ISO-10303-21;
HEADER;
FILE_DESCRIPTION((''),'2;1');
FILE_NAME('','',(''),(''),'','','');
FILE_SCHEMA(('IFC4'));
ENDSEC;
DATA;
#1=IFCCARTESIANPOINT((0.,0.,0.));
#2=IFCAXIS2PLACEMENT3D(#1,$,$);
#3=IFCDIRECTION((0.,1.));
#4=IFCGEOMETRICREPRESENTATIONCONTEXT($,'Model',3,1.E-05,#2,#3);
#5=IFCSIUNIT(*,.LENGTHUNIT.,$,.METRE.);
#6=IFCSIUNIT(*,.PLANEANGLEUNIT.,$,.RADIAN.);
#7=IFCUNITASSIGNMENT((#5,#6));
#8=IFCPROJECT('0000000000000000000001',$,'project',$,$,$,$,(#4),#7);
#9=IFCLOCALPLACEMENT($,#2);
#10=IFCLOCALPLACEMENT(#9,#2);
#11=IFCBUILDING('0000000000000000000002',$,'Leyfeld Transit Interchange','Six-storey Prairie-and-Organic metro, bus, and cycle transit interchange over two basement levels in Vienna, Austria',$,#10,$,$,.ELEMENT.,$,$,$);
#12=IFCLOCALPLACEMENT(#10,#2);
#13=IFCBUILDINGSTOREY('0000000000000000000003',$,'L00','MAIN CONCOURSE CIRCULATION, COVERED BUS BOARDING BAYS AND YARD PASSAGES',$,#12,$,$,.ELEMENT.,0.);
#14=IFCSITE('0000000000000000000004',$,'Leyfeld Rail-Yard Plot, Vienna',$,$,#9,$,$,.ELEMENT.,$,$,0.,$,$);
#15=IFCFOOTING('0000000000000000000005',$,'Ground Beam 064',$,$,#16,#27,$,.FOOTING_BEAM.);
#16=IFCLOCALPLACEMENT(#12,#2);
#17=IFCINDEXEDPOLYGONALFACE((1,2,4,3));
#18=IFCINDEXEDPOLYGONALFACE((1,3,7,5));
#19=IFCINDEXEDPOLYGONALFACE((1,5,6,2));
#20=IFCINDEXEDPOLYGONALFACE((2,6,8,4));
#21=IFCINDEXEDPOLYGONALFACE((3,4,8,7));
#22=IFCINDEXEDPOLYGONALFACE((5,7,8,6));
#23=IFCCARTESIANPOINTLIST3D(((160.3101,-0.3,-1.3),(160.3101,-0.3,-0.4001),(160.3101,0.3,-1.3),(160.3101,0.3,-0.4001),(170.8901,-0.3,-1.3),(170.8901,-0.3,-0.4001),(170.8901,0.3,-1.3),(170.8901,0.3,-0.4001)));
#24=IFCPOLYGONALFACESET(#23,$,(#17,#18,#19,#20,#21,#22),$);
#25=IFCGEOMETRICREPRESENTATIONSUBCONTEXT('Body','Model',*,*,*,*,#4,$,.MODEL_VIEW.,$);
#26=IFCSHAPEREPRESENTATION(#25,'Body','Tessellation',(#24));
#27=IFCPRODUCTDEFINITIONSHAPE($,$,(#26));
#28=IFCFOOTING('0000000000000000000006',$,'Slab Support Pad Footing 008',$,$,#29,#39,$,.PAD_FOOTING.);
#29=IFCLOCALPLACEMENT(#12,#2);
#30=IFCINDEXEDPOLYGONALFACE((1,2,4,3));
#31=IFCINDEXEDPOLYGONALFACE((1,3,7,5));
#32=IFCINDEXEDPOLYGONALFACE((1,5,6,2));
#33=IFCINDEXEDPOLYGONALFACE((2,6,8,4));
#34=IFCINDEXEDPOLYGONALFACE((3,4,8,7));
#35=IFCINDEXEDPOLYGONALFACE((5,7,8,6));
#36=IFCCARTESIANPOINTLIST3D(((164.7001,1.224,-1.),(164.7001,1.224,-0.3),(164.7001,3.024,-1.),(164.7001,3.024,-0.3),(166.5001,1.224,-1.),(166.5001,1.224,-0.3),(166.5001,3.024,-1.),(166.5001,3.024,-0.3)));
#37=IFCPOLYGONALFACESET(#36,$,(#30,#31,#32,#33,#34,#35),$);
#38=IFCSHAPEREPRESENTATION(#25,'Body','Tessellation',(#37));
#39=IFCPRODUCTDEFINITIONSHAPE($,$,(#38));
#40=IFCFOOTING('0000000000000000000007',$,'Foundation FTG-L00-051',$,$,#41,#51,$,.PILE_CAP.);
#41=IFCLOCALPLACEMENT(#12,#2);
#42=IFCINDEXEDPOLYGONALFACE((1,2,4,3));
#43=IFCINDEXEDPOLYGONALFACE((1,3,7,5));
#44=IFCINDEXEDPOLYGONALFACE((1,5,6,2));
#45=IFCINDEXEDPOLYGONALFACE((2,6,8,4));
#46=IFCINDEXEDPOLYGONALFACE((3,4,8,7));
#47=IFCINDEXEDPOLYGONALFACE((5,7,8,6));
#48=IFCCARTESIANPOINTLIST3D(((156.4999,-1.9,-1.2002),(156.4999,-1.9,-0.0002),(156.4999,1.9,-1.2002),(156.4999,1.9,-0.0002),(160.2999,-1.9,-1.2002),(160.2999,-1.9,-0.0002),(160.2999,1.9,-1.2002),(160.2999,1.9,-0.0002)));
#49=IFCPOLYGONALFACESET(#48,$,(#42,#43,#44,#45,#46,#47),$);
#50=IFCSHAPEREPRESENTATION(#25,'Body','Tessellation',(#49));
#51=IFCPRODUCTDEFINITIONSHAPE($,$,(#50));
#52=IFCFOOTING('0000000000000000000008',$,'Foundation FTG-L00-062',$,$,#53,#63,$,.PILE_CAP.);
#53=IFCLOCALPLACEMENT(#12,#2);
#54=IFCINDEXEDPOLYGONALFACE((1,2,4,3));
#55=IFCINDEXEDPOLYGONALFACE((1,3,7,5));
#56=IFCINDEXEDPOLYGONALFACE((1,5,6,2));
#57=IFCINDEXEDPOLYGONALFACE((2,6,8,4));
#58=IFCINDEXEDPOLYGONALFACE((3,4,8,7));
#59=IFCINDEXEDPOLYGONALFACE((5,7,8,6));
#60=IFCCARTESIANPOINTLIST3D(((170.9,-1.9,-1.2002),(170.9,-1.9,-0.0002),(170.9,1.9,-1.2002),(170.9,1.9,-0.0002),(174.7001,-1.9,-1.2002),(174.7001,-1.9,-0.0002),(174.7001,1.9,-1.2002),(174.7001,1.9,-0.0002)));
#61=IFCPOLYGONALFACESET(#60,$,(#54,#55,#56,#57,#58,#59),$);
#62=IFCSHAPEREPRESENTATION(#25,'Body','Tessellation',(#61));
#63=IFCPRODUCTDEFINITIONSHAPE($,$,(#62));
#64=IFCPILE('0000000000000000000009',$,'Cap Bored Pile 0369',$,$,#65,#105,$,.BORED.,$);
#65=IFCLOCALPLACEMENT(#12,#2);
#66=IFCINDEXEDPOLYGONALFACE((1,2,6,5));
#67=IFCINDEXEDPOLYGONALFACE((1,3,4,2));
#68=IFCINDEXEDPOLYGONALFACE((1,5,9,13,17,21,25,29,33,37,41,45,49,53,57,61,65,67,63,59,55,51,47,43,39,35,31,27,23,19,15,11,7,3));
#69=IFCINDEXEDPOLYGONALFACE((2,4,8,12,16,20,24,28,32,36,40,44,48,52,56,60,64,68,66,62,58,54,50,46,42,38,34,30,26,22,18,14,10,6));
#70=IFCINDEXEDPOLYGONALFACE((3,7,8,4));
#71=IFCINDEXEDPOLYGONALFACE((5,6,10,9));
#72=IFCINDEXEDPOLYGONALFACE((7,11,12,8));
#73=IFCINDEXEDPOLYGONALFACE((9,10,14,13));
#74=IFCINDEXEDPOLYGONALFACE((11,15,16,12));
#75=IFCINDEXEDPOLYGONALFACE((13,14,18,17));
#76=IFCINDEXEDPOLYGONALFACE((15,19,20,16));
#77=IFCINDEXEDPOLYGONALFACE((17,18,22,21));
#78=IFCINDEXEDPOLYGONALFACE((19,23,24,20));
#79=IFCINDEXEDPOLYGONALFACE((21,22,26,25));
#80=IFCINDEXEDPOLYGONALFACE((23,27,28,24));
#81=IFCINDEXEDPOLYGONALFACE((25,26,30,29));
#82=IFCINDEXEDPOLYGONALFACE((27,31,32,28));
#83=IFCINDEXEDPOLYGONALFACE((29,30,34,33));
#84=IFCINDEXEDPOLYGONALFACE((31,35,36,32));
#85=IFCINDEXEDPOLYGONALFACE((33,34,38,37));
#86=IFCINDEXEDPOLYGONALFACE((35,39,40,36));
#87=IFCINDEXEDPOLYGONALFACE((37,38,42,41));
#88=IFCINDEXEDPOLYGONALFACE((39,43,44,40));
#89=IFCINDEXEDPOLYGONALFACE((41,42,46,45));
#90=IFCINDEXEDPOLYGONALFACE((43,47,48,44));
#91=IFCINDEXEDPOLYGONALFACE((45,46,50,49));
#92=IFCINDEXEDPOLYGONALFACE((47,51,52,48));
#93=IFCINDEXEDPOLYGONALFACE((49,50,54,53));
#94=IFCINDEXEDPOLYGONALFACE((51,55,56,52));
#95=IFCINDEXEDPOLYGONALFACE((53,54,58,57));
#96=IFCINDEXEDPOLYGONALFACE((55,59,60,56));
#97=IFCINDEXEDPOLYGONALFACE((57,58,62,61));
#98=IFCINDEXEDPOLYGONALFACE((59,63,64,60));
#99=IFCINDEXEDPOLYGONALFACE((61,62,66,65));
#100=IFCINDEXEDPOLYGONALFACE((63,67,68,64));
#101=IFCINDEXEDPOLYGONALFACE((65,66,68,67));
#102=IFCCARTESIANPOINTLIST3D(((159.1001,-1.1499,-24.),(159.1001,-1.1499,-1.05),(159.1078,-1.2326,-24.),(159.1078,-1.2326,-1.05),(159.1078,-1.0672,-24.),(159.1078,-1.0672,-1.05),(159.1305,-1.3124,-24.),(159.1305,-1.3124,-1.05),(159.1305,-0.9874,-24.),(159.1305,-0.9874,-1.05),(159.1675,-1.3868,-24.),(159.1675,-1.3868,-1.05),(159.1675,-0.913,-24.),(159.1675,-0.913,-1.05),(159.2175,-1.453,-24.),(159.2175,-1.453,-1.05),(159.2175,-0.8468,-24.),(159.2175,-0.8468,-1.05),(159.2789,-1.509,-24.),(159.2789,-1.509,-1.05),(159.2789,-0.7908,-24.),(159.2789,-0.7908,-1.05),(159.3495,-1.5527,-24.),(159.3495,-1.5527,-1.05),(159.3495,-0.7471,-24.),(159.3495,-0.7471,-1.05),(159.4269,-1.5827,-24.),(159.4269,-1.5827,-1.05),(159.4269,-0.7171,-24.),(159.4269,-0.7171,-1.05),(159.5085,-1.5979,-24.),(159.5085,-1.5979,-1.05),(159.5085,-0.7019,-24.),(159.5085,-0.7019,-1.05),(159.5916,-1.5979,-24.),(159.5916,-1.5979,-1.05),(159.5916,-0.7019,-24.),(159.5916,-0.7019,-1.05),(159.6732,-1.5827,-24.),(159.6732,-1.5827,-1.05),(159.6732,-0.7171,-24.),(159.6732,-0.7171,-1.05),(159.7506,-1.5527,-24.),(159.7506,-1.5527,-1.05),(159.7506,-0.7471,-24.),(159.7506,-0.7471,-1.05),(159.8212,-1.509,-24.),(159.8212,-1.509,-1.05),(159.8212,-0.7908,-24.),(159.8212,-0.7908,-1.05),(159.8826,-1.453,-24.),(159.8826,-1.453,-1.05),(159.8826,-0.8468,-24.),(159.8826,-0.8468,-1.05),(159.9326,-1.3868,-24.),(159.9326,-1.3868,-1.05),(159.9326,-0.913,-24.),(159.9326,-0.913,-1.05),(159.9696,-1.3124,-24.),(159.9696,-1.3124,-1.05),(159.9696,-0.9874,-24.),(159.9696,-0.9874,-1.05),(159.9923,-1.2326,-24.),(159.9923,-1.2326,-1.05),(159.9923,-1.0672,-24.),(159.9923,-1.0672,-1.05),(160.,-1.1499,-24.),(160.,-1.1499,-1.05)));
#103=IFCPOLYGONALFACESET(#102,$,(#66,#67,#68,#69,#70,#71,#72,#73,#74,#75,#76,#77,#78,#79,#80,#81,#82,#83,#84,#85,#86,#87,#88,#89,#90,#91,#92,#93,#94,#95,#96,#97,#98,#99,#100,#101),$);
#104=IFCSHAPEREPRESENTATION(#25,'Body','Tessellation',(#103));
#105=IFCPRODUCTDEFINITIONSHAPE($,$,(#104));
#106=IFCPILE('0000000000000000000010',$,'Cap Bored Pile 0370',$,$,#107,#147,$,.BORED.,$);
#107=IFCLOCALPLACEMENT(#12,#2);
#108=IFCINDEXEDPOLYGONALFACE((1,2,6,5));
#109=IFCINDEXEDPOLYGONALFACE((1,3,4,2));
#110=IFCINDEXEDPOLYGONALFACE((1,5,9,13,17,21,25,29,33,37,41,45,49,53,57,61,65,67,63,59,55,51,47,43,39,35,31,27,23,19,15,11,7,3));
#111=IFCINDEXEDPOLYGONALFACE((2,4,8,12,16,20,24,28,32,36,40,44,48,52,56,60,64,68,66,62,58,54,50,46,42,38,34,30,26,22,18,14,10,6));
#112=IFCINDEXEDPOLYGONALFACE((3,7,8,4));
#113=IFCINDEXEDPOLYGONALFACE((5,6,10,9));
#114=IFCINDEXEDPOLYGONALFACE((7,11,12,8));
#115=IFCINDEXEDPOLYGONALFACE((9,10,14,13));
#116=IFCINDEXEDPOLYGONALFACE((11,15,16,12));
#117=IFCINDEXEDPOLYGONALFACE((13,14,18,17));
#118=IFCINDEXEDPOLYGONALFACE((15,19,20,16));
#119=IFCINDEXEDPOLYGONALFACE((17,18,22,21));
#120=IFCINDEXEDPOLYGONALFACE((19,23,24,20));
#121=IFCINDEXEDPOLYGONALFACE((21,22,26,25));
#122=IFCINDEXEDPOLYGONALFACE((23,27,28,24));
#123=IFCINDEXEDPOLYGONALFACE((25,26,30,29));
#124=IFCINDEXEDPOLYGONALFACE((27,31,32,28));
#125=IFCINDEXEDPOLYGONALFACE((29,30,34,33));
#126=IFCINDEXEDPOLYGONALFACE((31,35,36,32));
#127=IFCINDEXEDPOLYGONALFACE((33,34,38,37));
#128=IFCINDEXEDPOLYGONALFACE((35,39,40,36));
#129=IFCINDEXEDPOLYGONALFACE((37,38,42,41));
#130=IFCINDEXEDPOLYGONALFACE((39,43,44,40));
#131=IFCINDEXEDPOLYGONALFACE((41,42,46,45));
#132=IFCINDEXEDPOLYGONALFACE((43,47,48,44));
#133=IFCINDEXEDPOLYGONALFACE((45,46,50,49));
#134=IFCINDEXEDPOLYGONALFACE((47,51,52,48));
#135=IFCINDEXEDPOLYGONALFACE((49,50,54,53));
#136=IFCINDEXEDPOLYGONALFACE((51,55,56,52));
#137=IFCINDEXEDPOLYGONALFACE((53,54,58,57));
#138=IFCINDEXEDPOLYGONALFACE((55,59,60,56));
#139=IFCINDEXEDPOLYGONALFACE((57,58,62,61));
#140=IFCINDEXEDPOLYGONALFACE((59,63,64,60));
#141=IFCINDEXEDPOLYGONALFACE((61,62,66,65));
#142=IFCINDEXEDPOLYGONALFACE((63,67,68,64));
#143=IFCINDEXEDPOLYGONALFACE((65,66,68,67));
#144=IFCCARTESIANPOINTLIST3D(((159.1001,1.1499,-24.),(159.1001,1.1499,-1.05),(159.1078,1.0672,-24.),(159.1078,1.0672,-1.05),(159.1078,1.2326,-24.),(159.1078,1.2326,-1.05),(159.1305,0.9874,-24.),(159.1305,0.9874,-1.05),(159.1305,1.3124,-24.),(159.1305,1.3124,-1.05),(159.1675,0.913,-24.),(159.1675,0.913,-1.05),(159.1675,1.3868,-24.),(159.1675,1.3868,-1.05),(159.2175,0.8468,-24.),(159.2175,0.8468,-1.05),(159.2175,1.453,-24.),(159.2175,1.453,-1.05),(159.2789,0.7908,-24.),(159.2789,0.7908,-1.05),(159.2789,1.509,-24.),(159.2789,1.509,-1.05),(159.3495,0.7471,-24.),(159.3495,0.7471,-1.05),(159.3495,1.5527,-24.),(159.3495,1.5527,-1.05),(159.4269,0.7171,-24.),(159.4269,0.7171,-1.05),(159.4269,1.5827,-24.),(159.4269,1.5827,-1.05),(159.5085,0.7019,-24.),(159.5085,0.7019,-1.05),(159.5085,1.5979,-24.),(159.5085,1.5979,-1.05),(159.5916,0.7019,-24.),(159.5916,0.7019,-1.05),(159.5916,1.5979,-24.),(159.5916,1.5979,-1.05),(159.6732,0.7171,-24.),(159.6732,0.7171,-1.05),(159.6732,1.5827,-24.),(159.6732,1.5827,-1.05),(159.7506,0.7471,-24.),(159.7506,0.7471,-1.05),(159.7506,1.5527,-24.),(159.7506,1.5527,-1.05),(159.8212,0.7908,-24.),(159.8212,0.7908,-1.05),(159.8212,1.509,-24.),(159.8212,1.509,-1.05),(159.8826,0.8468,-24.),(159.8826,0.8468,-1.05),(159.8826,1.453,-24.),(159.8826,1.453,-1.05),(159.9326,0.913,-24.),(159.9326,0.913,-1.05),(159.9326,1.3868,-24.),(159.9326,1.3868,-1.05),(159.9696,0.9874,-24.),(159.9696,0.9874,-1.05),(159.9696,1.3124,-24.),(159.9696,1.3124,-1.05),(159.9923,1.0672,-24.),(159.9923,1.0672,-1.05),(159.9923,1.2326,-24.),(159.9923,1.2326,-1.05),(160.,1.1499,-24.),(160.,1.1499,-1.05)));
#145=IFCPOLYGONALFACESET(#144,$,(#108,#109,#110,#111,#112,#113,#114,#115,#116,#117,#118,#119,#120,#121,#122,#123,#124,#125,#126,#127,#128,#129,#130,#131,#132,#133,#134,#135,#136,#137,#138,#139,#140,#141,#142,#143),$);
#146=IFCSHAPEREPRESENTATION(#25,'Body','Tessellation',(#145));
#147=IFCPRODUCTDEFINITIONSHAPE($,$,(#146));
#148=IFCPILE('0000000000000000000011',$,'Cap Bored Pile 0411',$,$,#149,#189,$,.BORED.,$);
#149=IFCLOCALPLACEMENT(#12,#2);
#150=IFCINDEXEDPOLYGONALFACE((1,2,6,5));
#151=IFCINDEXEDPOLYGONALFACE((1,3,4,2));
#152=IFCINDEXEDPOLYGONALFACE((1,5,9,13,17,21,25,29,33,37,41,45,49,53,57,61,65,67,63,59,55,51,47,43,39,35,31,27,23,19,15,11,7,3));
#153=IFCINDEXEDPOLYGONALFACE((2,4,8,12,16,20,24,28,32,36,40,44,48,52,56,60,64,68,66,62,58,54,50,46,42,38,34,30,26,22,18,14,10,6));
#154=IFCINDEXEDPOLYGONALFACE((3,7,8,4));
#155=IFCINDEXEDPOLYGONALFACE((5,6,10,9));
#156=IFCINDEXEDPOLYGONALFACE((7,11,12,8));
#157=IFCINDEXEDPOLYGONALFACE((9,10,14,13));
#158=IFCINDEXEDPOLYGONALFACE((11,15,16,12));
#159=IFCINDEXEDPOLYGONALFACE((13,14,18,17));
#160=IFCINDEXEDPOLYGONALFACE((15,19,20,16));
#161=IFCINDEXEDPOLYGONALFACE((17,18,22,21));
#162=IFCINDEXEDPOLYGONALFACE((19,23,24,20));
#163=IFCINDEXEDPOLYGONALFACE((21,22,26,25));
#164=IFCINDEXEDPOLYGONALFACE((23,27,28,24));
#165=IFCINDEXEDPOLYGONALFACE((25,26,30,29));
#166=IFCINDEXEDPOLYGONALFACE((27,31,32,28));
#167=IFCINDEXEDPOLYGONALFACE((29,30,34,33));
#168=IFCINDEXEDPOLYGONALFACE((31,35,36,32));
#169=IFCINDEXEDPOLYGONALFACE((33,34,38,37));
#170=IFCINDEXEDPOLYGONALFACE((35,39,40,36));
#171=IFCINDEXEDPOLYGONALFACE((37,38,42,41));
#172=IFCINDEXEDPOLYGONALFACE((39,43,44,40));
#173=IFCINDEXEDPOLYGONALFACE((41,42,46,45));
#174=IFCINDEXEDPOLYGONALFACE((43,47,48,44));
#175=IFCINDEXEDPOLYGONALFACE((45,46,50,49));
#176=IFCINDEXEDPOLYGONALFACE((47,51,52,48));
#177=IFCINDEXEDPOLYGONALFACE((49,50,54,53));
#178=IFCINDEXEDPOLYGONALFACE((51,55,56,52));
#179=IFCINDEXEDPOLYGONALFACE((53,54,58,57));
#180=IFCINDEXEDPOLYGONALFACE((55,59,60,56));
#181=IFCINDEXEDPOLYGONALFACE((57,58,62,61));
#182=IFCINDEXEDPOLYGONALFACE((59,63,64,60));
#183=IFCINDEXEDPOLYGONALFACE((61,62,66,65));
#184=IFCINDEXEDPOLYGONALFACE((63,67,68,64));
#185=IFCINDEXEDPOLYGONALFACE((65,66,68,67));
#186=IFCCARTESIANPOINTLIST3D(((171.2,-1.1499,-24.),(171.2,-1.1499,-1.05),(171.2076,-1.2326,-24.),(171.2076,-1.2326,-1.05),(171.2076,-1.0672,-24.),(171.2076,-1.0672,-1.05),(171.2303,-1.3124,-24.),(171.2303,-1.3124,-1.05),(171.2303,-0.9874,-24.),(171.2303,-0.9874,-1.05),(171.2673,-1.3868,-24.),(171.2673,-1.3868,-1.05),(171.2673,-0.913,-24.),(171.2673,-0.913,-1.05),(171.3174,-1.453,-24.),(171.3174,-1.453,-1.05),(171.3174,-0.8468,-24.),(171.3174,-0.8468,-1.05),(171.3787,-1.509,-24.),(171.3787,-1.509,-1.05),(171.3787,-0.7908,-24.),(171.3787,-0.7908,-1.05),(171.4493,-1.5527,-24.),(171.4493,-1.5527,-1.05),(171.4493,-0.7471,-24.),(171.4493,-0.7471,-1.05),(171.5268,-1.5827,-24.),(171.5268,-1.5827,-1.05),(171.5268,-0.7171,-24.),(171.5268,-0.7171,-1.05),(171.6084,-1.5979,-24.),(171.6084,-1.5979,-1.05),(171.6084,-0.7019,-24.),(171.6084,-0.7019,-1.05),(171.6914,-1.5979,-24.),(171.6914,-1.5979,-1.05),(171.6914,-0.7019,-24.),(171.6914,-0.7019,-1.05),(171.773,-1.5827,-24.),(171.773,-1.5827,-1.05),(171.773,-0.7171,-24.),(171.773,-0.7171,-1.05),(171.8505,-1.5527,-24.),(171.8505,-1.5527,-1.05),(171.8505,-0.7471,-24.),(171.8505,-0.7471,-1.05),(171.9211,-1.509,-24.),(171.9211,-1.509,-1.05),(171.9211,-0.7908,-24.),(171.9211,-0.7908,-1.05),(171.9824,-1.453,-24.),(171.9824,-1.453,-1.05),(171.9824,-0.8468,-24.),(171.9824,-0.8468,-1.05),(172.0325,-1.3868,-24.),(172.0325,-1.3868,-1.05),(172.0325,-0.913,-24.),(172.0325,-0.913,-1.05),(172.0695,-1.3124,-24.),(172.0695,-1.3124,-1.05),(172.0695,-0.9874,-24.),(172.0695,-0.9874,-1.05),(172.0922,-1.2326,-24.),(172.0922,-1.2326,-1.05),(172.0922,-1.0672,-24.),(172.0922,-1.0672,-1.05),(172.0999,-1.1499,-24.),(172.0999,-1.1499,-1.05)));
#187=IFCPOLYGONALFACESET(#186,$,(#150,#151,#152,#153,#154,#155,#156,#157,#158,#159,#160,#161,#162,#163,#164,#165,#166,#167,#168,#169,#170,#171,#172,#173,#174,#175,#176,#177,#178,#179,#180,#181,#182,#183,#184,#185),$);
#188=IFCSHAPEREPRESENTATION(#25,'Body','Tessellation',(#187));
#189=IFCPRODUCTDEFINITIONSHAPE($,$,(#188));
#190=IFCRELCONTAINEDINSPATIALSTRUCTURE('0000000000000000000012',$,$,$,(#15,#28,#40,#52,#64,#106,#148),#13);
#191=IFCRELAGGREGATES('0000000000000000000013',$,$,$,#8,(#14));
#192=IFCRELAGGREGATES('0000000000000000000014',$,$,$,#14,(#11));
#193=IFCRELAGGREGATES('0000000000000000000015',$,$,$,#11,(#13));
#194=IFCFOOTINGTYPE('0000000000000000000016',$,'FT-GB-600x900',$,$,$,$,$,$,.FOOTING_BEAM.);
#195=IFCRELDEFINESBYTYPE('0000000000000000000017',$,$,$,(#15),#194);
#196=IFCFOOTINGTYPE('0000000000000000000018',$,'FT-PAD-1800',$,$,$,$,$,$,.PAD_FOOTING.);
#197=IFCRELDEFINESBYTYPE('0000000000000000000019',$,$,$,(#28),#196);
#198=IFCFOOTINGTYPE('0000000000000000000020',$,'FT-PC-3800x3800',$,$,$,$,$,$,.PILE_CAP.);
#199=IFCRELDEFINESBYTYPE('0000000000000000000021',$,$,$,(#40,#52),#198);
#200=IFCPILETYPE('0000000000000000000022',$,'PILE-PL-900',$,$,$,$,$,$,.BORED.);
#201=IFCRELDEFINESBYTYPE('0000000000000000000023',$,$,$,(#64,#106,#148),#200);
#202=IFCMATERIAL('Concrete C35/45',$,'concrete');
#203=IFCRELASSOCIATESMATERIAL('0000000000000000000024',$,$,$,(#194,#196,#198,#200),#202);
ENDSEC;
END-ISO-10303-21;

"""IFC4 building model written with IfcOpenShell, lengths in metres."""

from ifc_helpers import new_model, si_unit, direction, frame, origin, origin_2d, place, context, subcontext, project, spatial, rectangle, circle, extrude, material, material_profile, profile_set, type_object, element, save


model = new_model("IFC4")

# Units and contexts
model_context = context("Model", 3, precision=1e-05, world=origin(), true_north=direction((0.0, 1.0)))
body_context = subcontext(model_context, "Body", "Model", "MODEL_VIEW")
ifc_project = project(units=[si_unit("LENGTHUNIT", "METRE"), si_unit("PLANEANGLEUNIT", "RADIAN")], contexts=[model_context])

# Site, building, storey
site_placement = place(None, origin())
site = spatial("IfcSite", under=ifc_project, at=site_placement, Name="Leyfeld Rail-Yard Plot, Vienna", CompositionType="ELEMENT", RefElevation=0.0)
building_placement = place(site_placement, origin())
building = spatial("IfcBuilding", under=site, at=building_placement, Name="Leyfeld Transit Interchange", Description="Six-storey Prairie-and-Organic metro, bus, and cycle transit interchange over two basement levels in Vienna, Austria", CompositionType="ELEMENT")
storey_placement = place(building_placement, origin())
storey = spatial("IfcBuildingStorey", under=building, at=storey_placement, Name="L00", Description="MAIN CONCOURSE CIRCULATION, COVERED BUS BOARDING BAYS AND YARD PASSAGES", CompositionType="ELEMENT", Elevation=0.0)

# Footings
ifc_material_1 = material(Name="Concrete C35/45", Category="concrete")
footing_type_1 = type_object("IfcFootingType", Name="FT-GB-600x900", PredefinedType="FOOTING_BEAM", material=ifc_material_1)
footing_1_placement = place(storey_placement, frame((165.6001, 0.0, -1.3), z_axis=(0.0, 0.0, 1.0), x_axis=(1.0, 0.0, 0.0)))
element("IfcFooting", 1, at=footing_1_placement, inside=storey, type_object=footing_type_1, Name="Ground Beam 064", PredefinedType="FOOTING_BEAM", context=body_context, shape_type="SweptSolid", body=[
    extrude(rectangle(XDim=10.5801, YDim=0.6001, at=origin_2d()), origin(), (0.0, 0.0, 1.0), 0.8999),
])
footing_type_2 = type_object("IfcFootingType", Name="FT-PAD-1800", PredefinedType="PAD_FOOTING", material=ifc_material_1)
footing_2_placement = place(storey_placement, frame((165.6001, 2.124, -1.0), z_axis=(0.0, 0.0, 1.0), x_axis=(1.0, 0.0, 0.0)))
element("IfcFooting", 2, at=footing_2_placement, inside=storey, type_object=footing_type_2, Name="Slab Support Pad Footing 008", PredefinedType="PAD_FOOTING", context=body_context, shape_type="SweptSolid", body=[
    extrude(rectangle(XDim=1.8, YDim=1.8, at=origin_2d()), origin(), (0.0, 0.0, 1.0), 0.7),
])
footing_type_3 = type_object("IfcFootingType", Name="FT-PC-3800x3800", PredefinedType="PILE_CAP", material=ifc_material_1)
for number, where, z_axis, x_axis, name in (
    (3, (158.3999, 0.0, -1.2002), (0.0, 0.0, 1.0), (1.0, 0.0, 0.0), "Foundation FTG-L00-051"),
    (4, (172.8, 0.0, -1.2002), (0.0, 0.0, 1.0), (1.0, 0.0, 0.0), "Foundation FTG-L00-062"),
):
    element("IfcFooting", number, at=place(storey_placement, frame(where, z_axis=z_axis, x_axis=x_axis)), inside=storey, type_object=footing_type_3, Name=name, PredefinedType="PILE_CAP", context=body_context, shape_type="SweptSolid", body=[
        extrude(rectangle(XDim=3.8, YDim=3.8, at=origin_2d()), origin(), (0.0, 0.0, 1.0), 1.2),
    ])

# Piles
ifc_material_profile_1 = material_profile(ifc_material_1, circle(Radius=0.45, at=origin_2d()), Name="PILE D900")
ifc_profile_set_1 = profile_set([ifc_material_profile_1], Name="Concrete C35/45")
pile_type = type_object("IfcPileType", Name="PILE-PL-900", PredefinedType="BORED", material=ifc_profile_set_1)
for number, where, z_axis, x_axis, name in (
    (5, (159.55, -1.1499, -1.05), (0.0, 0.0, -1.0), (1.0, 0.0, 0.0), "Cap Bored Pile 0369"),
    (6, (159.55, 1.1499, -1.05), (0.0, 0.0, -1.0), (1.0, 0.0, 0.0), "Cap Bored Pile 0370"),
    (7, (171.6499, -1.1499, -1.05), (0.0, 0.0, -1.0), (1.0, 0.0, 0.0), "Cap Bored Pile 0411"),
):
    element("IfcPile", number, at=place(storey_placement, frame(where, z_axis=z_axis, x_axis=x_axis)), inside=storey, type_object=pile_type, Name=name, PredefinedType="BORED", context=body_context, shape_type="SweptSolid", body=[
        extrude(circle(Radius=0.45, at=origin_2d()), origin(), (0.0, 0.0, 1.0), 22.95),
    ])

save(model, "model.ifc")
